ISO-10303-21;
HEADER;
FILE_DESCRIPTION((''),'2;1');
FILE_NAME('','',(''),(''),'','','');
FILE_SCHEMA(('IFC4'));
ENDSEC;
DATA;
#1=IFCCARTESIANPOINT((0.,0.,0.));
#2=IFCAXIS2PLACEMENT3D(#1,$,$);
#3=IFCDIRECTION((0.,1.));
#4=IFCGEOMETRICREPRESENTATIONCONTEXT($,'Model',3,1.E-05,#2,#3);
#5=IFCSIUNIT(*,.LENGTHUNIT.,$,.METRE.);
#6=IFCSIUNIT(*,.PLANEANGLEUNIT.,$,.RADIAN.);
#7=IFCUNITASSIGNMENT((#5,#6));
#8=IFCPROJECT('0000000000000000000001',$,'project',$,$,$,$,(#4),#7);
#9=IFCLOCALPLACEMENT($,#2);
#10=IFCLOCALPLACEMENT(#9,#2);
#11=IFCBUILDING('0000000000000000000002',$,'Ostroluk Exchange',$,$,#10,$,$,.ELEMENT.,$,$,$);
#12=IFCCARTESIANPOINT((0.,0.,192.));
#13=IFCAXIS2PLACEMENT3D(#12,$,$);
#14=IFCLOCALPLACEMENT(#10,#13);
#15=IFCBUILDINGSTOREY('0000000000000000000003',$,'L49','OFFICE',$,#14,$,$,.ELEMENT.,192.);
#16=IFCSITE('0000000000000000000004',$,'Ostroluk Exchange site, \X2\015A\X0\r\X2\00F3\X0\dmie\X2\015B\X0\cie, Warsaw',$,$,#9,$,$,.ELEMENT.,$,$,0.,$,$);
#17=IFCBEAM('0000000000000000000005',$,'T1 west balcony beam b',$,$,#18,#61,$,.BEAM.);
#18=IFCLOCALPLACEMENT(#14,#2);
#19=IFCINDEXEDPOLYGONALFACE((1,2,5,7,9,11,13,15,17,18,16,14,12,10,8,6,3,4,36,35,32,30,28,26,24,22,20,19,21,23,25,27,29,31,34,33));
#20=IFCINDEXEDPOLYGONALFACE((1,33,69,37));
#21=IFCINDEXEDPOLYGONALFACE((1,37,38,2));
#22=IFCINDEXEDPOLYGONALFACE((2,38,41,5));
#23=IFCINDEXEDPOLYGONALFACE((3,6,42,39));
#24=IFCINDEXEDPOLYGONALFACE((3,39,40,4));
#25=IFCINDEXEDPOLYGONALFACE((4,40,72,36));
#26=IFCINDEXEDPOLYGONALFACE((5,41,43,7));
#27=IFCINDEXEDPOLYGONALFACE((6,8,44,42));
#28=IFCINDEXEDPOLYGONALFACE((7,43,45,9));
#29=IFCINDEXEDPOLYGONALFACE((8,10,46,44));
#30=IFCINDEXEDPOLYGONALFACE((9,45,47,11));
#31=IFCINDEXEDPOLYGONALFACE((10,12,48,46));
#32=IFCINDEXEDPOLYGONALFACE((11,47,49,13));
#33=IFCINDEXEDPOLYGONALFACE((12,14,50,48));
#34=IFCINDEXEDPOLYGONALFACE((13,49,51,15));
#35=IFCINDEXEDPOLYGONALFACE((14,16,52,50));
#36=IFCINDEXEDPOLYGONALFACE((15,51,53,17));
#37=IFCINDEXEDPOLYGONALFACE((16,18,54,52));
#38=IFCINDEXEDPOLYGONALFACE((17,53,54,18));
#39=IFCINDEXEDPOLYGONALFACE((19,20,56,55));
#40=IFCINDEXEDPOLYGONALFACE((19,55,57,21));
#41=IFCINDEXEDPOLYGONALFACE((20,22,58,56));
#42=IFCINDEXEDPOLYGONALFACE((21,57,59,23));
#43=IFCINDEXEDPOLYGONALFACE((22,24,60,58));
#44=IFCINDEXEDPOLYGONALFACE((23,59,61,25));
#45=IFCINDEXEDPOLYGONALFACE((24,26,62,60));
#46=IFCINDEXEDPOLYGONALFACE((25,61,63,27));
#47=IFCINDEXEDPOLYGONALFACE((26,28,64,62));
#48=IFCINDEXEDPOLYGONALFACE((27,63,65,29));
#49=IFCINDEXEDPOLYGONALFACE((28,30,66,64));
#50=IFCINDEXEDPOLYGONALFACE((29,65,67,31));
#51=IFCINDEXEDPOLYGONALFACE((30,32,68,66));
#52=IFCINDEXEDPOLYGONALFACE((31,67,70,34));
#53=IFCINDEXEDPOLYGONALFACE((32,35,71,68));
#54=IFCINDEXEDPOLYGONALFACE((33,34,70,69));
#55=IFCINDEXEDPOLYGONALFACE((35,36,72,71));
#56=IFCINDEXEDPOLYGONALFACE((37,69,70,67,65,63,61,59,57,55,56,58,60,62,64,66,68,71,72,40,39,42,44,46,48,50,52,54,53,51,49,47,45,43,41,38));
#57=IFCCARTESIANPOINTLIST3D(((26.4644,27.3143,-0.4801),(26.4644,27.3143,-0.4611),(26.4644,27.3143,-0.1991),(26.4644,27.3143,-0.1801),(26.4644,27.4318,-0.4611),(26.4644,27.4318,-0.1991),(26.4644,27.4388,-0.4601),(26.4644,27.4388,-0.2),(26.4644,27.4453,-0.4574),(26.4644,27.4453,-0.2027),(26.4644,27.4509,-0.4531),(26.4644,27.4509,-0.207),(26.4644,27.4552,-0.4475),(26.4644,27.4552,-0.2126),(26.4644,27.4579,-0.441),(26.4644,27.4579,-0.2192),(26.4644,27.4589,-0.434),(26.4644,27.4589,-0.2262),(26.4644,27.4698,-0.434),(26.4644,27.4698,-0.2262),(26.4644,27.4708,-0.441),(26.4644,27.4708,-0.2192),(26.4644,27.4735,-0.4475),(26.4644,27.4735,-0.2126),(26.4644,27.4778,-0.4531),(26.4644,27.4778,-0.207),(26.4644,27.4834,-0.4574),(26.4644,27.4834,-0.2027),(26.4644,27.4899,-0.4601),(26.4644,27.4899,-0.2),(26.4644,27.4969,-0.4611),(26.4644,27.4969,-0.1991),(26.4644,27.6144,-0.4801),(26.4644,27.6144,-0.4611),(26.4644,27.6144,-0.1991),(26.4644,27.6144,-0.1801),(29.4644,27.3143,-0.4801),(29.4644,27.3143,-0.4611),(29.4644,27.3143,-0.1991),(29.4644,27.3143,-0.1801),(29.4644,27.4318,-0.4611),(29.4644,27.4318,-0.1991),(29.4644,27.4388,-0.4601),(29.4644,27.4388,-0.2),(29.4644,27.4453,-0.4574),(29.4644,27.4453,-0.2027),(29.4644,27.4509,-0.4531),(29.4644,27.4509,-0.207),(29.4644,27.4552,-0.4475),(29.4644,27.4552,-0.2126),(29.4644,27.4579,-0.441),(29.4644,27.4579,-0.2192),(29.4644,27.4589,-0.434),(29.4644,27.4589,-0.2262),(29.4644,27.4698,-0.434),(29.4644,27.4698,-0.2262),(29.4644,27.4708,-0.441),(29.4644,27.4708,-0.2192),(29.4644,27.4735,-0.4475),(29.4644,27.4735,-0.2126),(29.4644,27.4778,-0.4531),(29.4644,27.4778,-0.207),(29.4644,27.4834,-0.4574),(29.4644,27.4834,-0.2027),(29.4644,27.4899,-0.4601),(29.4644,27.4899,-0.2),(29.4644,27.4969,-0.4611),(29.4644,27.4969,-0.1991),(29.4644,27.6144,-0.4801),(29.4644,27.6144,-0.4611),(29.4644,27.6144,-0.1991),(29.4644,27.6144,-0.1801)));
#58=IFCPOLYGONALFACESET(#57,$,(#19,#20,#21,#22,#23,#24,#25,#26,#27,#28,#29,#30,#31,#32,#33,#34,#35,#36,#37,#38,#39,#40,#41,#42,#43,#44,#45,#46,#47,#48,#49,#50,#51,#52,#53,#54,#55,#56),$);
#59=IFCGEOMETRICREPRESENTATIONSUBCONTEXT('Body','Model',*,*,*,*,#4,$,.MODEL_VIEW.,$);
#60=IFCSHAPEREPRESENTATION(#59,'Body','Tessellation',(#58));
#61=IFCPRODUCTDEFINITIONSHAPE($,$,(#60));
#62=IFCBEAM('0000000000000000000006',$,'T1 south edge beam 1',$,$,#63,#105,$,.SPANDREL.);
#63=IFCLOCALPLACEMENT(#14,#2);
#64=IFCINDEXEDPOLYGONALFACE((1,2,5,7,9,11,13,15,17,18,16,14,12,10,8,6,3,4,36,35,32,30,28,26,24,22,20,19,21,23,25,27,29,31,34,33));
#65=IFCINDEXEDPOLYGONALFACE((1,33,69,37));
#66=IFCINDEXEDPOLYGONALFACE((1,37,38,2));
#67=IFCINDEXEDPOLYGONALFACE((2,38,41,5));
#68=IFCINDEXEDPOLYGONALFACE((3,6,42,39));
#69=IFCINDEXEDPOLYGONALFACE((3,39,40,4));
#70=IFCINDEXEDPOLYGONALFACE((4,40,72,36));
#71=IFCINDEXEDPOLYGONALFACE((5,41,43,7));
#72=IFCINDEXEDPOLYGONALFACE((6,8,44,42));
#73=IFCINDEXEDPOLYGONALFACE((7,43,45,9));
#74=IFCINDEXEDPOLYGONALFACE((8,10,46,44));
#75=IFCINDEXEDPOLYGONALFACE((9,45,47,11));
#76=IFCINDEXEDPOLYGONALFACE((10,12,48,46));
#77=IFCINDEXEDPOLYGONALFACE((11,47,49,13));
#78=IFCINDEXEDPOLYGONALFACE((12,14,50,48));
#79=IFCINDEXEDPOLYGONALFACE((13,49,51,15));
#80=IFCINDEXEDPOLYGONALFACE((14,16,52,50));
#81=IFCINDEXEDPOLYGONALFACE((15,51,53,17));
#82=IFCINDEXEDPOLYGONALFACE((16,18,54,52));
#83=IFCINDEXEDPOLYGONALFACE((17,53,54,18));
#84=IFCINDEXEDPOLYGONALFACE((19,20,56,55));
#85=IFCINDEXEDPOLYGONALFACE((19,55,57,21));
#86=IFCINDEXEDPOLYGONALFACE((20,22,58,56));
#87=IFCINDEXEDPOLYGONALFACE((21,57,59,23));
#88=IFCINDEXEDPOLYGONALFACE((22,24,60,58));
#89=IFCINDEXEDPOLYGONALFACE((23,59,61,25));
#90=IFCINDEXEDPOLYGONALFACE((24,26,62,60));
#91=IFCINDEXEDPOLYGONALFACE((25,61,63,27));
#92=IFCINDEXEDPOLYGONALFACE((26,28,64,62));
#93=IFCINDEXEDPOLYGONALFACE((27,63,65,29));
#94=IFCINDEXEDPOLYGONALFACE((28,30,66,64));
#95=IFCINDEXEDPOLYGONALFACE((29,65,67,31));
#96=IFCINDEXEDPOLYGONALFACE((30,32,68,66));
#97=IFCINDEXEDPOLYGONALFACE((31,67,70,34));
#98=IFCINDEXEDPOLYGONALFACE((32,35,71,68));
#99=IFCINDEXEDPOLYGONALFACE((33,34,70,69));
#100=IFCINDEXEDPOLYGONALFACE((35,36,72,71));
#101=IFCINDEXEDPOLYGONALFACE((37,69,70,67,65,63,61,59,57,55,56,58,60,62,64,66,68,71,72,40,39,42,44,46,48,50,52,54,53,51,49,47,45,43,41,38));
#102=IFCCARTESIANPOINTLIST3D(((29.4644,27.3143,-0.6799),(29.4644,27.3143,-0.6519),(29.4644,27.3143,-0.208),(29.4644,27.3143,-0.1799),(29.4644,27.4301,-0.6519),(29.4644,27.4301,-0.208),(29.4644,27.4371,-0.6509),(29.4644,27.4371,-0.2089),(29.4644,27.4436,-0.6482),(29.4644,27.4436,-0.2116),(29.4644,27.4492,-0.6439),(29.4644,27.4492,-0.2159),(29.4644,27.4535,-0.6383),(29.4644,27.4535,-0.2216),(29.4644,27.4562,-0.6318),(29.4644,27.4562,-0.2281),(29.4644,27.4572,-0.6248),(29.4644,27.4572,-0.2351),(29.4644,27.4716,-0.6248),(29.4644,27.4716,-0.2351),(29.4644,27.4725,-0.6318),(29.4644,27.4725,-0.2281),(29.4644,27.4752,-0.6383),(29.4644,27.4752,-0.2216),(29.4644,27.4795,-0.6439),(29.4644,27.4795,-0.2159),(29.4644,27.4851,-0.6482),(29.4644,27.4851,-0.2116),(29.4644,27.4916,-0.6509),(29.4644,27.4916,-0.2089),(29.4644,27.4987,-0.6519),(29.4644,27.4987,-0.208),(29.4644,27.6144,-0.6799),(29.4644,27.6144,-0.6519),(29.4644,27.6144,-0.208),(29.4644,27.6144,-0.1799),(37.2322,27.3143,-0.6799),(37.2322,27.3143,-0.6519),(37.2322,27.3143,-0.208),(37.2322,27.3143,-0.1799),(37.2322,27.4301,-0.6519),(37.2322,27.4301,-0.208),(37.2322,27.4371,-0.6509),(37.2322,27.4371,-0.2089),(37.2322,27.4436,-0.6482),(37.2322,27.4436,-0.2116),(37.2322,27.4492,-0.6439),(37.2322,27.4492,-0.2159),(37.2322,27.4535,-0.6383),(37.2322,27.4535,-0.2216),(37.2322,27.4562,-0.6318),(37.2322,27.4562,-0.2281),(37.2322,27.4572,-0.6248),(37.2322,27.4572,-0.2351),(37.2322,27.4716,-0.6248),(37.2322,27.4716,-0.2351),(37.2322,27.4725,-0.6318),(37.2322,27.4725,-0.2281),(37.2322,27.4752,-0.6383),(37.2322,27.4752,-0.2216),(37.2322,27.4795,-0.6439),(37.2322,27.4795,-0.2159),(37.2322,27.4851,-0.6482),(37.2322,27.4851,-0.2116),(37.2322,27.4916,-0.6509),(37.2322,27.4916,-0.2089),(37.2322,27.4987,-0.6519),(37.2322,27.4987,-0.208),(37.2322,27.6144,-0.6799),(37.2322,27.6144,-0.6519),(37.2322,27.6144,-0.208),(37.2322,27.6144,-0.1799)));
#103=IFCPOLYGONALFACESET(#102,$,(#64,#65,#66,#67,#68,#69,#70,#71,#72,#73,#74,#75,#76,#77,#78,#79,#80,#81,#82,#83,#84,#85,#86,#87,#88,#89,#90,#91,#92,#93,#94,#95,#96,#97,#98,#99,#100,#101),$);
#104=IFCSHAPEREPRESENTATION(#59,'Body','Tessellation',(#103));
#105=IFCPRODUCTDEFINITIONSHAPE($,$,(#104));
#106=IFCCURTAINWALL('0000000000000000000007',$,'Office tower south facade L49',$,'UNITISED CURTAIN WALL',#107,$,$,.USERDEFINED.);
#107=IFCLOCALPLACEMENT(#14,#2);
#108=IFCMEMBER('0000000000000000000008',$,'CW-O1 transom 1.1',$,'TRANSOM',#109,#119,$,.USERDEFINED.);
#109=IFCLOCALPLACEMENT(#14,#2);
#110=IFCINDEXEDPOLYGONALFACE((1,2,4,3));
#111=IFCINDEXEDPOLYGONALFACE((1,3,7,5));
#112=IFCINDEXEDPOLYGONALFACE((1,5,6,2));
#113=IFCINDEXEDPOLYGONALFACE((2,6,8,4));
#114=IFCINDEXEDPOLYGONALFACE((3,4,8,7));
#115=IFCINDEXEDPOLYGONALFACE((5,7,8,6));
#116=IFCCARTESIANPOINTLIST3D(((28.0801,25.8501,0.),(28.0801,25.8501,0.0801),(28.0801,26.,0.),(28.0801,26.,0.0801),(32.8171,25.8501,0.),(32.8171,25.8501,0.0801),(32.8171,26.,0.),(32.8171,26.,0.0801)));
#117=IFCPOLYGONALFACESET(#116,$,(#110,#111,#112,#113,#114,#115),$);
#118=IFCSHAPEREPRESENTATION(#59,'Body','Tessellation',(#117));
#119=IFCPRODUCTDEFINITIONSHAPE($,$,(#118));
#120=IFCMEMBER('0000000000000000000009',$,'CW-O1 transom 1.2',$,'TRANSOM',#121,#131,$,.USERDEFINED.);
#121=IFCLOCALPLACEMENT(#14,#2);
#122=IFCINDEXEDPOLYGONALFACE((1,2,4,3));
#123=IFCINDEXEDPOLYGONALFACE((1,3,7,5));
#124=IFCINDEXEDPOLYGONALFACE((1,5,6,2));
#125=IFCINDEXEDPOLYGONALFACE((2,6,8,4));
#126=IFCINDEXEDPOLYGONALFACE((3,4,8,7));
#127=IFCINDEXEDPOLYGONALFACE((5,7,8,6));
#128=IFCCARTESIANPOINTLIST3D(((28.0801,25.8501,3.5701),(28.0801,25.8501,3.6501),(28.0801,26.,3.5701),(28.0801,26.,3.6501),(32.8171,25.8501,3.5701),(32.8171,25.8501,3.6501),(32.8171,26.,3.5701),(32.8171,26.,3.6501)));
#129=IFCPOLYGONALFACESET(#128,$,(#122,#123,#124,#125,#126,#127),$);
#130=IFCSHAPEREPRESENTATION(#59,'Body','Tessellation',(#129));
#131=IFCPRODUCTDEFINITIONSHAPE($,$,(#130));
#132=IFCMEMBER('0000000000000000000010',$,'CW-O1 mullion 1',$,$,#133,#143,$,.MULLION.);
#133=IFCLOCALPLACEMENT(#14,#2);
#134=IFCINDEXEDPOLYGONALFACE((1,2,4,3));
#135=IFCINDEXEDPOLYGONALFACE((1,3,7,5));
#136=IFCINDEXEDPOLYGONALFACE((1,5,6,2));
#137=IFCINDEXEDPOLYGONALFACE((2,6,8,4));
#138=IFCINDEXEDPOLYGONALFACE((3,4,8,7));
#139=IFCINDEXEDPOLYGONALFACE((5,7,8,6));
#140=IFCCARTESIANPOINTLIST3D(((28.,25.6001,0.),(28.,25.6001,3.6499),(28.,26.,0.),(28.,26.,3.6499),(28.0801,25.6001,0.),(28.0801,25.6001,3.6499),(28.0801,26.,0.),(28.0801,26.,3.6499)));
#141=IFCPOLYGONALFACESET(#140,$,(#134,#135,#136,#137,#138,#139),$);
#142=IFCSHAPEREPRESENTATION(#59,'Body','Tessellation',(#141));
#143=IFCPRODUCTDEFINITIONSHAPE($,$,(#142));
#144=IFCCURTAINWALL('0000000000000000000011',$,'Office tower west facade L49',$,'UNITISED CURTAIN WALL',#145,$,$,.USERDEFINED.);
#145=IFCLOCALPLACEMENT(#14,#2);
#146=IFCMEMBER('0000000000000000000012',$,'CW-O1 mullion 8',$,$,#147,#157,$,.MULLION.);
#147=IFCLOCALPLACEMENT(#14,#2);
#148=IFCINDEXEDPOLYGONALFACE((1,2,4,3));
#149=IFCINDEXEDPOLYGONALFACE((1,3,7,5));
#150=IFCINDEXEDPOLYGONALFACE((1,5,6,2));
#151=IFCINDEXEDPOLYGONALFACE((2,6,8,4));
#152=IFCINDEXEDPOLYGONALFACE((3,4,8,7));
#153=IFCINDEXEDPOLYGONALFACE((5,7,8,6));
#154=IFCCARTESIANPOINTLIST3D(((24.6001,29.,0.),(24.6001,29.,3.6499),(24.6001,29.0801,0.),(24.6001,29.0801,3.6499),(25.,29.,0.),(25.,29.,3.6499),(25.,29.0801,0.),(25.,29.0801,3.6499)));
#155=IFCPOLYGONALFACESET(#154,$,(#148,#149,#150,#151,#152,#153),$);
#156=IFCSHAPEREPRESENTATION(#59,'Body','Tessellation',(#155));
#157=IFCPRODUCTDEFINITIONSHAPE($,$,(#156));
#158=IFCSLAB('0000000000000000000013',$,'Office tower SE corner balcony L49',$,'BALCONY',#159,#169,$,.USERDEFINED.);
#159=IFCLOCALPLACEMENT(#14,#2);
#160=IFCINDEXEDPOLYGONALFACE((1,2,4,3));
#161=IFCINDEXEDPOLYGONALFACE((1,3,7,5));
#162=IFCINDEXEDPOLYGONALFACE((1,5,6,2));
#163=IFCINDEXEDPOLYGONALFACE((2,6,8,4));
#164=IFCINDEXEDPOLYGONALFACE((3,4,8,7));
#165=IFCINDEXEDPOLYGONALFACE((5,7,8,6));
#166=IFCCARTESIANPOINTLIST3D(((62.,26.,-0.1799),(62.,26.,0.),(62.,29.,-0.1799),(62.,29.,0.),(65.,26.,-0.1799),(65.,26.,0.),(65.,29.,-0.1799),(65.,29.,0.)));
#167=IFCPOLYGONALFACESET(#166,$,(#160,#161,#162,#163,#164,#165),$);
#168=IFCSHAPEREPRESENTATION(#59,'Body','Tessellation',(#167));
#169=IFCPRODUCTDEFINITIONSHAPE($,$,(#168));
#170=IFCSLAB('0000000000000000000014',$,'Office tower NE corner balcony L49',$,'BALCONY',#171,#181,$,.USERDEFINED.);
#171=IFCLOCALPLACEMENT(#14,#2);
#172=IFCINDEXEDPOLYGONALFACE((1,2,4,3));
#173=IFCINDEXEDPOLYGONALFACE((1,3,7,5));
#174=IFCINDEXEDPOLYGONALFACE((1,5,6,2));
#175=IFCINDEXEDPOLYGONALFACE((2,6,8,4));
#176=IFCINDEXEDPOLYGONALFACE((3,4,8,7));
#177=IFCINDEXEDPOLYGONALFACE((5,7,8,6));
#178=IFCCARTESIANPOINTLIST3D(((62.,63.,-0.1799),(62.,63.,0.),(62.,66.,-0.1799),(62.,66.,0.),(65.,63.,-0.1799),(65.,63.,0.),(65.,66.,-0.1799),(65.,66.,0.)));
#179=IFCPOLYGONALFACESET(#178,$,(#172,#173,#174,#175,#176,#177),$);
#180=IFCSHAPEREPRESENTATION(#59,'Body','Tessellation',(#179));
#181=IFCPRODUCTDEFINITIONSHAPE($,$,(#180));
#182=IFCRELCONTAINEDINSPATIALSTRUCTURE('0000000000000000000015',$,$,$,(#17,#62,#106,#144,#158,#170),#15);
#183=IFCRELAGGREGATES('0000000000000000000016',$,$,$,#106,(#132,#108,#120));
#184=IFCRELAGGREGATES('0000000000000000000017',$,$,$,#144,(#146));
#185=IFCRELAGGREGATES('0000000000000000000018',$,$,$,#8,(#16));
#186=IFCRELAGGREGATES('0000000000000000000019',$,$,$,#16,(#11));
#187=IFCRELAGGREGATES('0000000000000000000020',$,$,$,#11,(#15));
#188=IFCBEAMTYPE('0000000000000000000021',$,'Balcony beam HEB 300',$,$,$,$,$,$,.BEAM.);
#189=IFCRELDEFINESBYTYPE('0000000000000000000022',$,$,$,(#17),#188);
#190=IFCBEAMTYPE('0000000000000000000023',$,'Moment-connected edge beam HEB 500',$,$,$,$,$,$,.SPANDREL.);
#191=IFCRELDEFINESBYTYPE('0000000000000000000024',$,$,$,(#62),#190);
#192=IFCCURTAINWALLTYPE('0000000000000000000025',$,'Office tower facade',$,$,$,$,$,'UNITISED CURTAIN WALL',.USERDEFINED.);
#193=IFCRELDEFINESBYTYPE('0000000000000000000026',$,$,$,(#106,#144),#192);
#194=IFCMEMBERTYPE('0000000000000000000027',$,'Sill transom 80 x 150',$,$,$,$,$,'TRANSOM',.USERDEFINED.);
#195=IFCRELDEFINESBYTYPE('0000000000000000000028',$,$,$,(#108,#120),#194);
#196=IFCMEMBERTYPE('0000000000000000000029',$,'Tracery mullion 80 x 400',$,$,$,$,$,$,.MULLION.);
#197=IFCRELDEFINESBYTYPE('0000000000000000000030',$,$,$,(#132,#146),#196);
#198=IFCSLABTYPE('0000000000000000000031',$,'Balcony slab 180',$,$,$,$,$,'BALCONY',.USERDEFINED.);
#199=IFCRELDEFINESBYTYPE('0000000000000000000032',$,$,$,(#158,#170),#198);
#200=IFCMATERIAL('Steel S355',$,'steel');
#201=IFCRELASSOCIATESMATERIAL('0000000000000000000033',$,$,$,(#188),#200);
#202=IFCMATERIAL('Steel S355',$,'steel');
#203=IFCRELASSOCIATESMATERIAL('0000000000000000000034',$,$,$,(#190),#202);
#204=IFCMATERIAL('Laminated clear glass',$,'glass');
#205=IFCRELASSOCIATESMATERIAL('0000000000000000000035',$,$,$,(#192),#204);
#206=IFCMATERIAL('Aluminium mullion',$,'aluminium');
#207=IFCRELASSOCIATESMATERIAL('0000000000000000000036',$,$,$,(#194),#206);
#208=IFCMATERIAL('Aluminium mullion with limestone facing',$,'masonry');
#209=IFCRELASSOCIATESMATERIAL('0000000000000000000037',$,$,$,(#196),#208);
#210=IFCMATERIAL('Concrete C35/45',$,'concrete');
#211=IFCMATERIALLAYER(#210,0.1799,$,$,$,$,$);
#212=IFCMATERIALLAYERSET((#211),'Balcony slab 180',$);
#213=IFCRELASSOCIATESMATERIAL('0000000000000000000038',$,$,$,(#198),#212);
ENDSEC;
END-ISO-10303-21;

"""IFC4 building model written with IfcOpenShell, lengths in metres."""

from ifc_helpers import new_model, si_unit, direction, frame, origin, origin_2d, place, context, subcontext, project, spatial, polyline, rectangle, i_section, outline, extrude, material, layer, layer_set, material_profile, profile_set, type_object, element, aggregate, save


model = new_model("IFC4")

# Units and contexts
model_context = context("Model", 3, precision=1e-05, world=origin(), true_north=direction((0.0, 1.0)))
body_context = subcontext(model_context, "Body", "Model", "MODEL_VIEW")
ifc_project = project(units=[si_unit("LENGTHUNIT", "METRE"), si_unit("PLANEANGLEUNIT", "RADIAN")], contexts=[model_context])

# Site, building, storey
site_placement = place(None, origin())
site = spatial("IfcSite", under=ifc_project, at=site_placement, Name="Ostroluk Exchange site, Śródmieście, Warsaw", CompositionType="ELEMENT", RefElevation=0.0)
building_placement = place(site_placement, origin())
building = spatial("IfcBuilding", under=site, at=building_placement, Name="Ostroluk Exchange", CompositionType="ELEMENT")
storey_placement = place(building_placement, frame((0.0, 0.0, 192.0)))
storey = spatial("IfcBuildingStorey", under=building, at=storey_placement, Name="L49", Description="OFFICE", CompositionType="ELEMENT", Elevation=192.0)

# Beams
ifc_material_1 = material(Name="Steel S355", Category="steel")
ifc_material_profile_1 = material_profile(ifc_material_1, i_section(OverallWidth=0.3, OverallDepth=0.3, WebThickness=0.011, FlangeThickness=0.019, FilletRadius=0.0271, at=origin_2d()), Name="HEB 300")
ifc_profile_set_1 = profile_set([ifc_material_profile_1], Name="Steel S355")
beam_type_1 = type_object("IfcBeamType", Name="Balcony beam HEB 300", PredefinedType="BEAM", material=ifc_profile_set_1)
for number, where, z_axis, x_axis, name in (
    (1, (29.4644, 27.4644, -0.3301), (-1.0, 0.0, 0.0), (0.0, -1.0, 0.0), "T1 west balcony beam b"),
):
    element("IfcBeam", number, at=place(storey_placement, frame(where, z_axis=z_axis, x_axis=x_axis)), inside=storey, type_object=beam_type_1, Name=name, PredefinedType="BEAM", context=body_context, shape_type="SweptSolid", body=[
        extrude(i_section(OverallWidth=0.3, OverallDepth=0.3, WebThickness=0.011, FlangeThickness=0.019, FilletRadius=0.0271, at=origin_2d()), origin(), (0.0, 0.0, 1.0), 3.0),
    ])
ifc_material_2 = material(Name="Steel S355", Category="steel")
ifc_material_profile_2 = material_profile(ifc_material_2, i_section(OverallWidth=0.3, OverallDepth=0.5, WebThickness=0.0144, FlangeThickness=0.0281, FilletRadius=0.0271, at=origin_2d()), Name="HEB 500")
ifc_profile_set_2 = profile_set([ifc_material_profile_2], Name="Steel S355")
beam_type_2 = type_object("IfcBeamType", Name="Moment-connected edge beam HEB 500", PredefinedType="SPANDREL", material=ifc_profile_set_2)
beam_placement = place(storey_placement, frame((29.4644, 27.4644, -0.4299), z_axis=(1.0, 0.0, 0.0), x_axis=(0.0, 1.0, 0.0)))
element("IfcBeam", 2, at=beam_placement, inside=storey, type_object=beam_type_2, Name="T1 south edge beam 1", PredefinedType="SPANDREL", context=body_context, shape_type="SweptSolid", body=[
    extrude(i_section(OverallWidth=0.3, OverallDepth=0.5, WebThickness=0.0144, FlangeThickness=0.0281, FilletRadius=0.0271, at=origin_2d()), origin(), (0.0, 0.0, 1.0), 7.7678),
])

# Curtain wall, members
ifc_material_3 = material(Name="Laminated clear glass", Category="glass")
curtain_wall_type = type_object("IfcCurtainWallType", Name="Office tower facade", ElementType="UNITISED CURTAIN WALL", PredefinedType="USERDEFINED", material=ifc_material_3)
curtain_wall_1_placement = place(storey_placement, origin())
curtain_wall_1 = element("IfcCurtainWall", 3, at=curtain_wall_1_placement, inside=storey, type_object=curtain_wall_type, Name="Office tower south facade L49", ObjectType="UNITISED CURTAIN WALL", PredefinedType="USERDEFINED")
ifc_material_4 = material(Name="Aluminium mullion", Category="aluminium")
ifc_material_profile_3 = material_profile(ifc_material_4, rectangle(XDim=0.1499, YDim=0.0801, at=origin_2d()), Name="Sill transom 80 x 150")
ifc_profile_set_3 = profile_set([ifc_material_profile_3], Name="Aluminium mullion")
member_type_1 = type_object("IfcMemberType", Name="Sill transom 80 x 150", ElementType="TRANSOM", PredefinedType="USERDEFINED", material=ifc_profile_set_3)
member_1_placement = place(storey_placement, frame((28.0801, 25.925, 0.04), z_axis=(1.0, 0.0, 0.0), x_axis=(0.0, 1.0, 0.0)))
member_1 = element("IfcMember", 4, at=member_1_placement, type_object=member_type_1, Name="CW-O1 transom 1.1", ObjectType="TRANSOM", PredefinedType="USERDEFINED", context=body_context, shape_type="SweptSolid", body=[
    extrude(rectangle(XDim=0.1499, YDim=0.0801, at=origin_2d()), origin(), (0.0, 0.0, 1.0), 4.7371),
])
member_2_placement = place(storey_placement, frame((28.0801, 25.925, 3.6101), z_axis=(1.0, 0.0, 0.0), x_axis=(0.0, 1.0, 0.0)))
member_2 = element("IfcMember", 5, at=member_2_placement, type_object=member_type_1, Name="CW-O1 transom 1.2", ObjectType="TRANSOM", PredefinedType="USERDEFINED", context=body_context, shape_type="SweptSolid", body=[
    extrude(rectangle(XDim=0.1499, YDim=0.0801, at=origin_2d()), origin(), (0.0, 0.0, 1.0), 4.7371),
])
ifc_material_5 = material(Name="Aluminium mullion with limestone facing", Category="masonry")
ifc_material_profile_4 = material_profile(ifc_material_5, rectangle(XDim=0.3999, YDim=0.0801, at=origin_2d()), Name="Tracery mullion 80 x 400")
ifc_profile_set_4 = profile_set([ifc_material_profile_4], Name="Aluminium mullion with limestone facing")
member_type_2 = type_object("IfcMemberType", Name="Tracery mullion 80 x 400", PredefinedType="MULLION", material=ifc_profile_set_4)
member_3_placement = place(storey_placement, frame((28.04, 25.8, 0.0), z_axis=(0.0, 0.0, 1.0), x_axis=(0.0, 1.0, 0.0)))
member_3 = element("IfcMember", 6, at=member_3_placement, type_object=member_type_2, Name="CW-O1 mullion 1", PredefinedType="MULLION", context=body_context, shape_type="SweptSolid", body=[
    extrude(rectangle(XDim=0.3999, YDim=0.0801, at=origin_2d()), origin(), (0.0, 0.0, 1.0), 3.6499),
])
aggregate(curtain_wall_1, [member_3, member_1, member_2])

# Curtain wall, member
curtain_wall_2_placement = place(storey_placement, origin())
curtain_wall_2 = element("IfcCurtainWall", 7, at=curtain_wall_2_placement, inside=storey, type_object=curtain_wall_type, Name="Office tower west facade L49", ObjectType="UNITISED CURTAIN WALL", PredefinedType="USERDEFINED")
member_4_placement = place(storey_placement, frame((24.8, 29.04, 0.0), z_axis=(0.0, 0.0, 1.0), x_axis=(1.0, 0.0, 0.0)))
member_4 = element("IfcMember", 8, at=member_4_placement, type_object=member_type_2, Name="CW-O1 mullion 8", PredefinedType="MULLION", context=body_context, shape_type="SweptSolid", body=[
    extrude(rectangle(XDim=0.3999, YDim=0.0801, at=origin_2d()), origin(), (0.0, 0.0, 1.0), 3.6499),
])

# Slabs
ifc_material_6 = material(Name="Concrete C35/45", Category="concrete")
ifc_layer_1 = layer(ifc_material_6, 0.1799)
ifc_layer_set_1 = layer_set([ifc_layer_1], Name="Balcony slab 180")
slab_type_1 = type_object("IfcSlabType", Name="Balcony slab 180", ElementType="BALCONY", PredefinedType="USERDEFINED", material=ifc_layer_set_1)
slab_1_placement = place(storey_placement, frame((0.0, 0.0, -0.1799)))
element("IfcSlab", 9, at=slab_1_placement, inside=storey, type_object=slab_type_1, Name="Office tower SE corner balcony L49", ObjectType="BALCONY", PredefinedType="USERDEFINED", context=body_context, shape_type="SweptSolid", body=[
    extrude(outline(polyline([(62.0, 26.0), (65.0, 26.0), (65.0, 29.0), (62.0, 29.0), (62.0, 26.0)])), origin(), (0.0, 0.0, 1.0), 0.1799),
])
slab_2_placement = place(storey_placement, frame((0.0, 0.0, -0.1799)))
element("IfcSlab", 10, at=slab_2_placement, inside=storey, type_object=slab_type_1, Name="Office tower NE corner balcony L49", ObjectType="BALCONY", PredefinedType="USERDEFINED", context=body_context, shape_type="SweptSolid", body=[
    extrude(outline(polyline([(62.0, 63.0), (65.0, 63.0), (65.0, 66.0), (62.0, 66.0), (62.0, 63.0)])), origin(), (0.0, 0.0, 1.0), 0.1799),
])

aggregate(curtain_wall_2, [member_4])

save(model, "model.ifc")
